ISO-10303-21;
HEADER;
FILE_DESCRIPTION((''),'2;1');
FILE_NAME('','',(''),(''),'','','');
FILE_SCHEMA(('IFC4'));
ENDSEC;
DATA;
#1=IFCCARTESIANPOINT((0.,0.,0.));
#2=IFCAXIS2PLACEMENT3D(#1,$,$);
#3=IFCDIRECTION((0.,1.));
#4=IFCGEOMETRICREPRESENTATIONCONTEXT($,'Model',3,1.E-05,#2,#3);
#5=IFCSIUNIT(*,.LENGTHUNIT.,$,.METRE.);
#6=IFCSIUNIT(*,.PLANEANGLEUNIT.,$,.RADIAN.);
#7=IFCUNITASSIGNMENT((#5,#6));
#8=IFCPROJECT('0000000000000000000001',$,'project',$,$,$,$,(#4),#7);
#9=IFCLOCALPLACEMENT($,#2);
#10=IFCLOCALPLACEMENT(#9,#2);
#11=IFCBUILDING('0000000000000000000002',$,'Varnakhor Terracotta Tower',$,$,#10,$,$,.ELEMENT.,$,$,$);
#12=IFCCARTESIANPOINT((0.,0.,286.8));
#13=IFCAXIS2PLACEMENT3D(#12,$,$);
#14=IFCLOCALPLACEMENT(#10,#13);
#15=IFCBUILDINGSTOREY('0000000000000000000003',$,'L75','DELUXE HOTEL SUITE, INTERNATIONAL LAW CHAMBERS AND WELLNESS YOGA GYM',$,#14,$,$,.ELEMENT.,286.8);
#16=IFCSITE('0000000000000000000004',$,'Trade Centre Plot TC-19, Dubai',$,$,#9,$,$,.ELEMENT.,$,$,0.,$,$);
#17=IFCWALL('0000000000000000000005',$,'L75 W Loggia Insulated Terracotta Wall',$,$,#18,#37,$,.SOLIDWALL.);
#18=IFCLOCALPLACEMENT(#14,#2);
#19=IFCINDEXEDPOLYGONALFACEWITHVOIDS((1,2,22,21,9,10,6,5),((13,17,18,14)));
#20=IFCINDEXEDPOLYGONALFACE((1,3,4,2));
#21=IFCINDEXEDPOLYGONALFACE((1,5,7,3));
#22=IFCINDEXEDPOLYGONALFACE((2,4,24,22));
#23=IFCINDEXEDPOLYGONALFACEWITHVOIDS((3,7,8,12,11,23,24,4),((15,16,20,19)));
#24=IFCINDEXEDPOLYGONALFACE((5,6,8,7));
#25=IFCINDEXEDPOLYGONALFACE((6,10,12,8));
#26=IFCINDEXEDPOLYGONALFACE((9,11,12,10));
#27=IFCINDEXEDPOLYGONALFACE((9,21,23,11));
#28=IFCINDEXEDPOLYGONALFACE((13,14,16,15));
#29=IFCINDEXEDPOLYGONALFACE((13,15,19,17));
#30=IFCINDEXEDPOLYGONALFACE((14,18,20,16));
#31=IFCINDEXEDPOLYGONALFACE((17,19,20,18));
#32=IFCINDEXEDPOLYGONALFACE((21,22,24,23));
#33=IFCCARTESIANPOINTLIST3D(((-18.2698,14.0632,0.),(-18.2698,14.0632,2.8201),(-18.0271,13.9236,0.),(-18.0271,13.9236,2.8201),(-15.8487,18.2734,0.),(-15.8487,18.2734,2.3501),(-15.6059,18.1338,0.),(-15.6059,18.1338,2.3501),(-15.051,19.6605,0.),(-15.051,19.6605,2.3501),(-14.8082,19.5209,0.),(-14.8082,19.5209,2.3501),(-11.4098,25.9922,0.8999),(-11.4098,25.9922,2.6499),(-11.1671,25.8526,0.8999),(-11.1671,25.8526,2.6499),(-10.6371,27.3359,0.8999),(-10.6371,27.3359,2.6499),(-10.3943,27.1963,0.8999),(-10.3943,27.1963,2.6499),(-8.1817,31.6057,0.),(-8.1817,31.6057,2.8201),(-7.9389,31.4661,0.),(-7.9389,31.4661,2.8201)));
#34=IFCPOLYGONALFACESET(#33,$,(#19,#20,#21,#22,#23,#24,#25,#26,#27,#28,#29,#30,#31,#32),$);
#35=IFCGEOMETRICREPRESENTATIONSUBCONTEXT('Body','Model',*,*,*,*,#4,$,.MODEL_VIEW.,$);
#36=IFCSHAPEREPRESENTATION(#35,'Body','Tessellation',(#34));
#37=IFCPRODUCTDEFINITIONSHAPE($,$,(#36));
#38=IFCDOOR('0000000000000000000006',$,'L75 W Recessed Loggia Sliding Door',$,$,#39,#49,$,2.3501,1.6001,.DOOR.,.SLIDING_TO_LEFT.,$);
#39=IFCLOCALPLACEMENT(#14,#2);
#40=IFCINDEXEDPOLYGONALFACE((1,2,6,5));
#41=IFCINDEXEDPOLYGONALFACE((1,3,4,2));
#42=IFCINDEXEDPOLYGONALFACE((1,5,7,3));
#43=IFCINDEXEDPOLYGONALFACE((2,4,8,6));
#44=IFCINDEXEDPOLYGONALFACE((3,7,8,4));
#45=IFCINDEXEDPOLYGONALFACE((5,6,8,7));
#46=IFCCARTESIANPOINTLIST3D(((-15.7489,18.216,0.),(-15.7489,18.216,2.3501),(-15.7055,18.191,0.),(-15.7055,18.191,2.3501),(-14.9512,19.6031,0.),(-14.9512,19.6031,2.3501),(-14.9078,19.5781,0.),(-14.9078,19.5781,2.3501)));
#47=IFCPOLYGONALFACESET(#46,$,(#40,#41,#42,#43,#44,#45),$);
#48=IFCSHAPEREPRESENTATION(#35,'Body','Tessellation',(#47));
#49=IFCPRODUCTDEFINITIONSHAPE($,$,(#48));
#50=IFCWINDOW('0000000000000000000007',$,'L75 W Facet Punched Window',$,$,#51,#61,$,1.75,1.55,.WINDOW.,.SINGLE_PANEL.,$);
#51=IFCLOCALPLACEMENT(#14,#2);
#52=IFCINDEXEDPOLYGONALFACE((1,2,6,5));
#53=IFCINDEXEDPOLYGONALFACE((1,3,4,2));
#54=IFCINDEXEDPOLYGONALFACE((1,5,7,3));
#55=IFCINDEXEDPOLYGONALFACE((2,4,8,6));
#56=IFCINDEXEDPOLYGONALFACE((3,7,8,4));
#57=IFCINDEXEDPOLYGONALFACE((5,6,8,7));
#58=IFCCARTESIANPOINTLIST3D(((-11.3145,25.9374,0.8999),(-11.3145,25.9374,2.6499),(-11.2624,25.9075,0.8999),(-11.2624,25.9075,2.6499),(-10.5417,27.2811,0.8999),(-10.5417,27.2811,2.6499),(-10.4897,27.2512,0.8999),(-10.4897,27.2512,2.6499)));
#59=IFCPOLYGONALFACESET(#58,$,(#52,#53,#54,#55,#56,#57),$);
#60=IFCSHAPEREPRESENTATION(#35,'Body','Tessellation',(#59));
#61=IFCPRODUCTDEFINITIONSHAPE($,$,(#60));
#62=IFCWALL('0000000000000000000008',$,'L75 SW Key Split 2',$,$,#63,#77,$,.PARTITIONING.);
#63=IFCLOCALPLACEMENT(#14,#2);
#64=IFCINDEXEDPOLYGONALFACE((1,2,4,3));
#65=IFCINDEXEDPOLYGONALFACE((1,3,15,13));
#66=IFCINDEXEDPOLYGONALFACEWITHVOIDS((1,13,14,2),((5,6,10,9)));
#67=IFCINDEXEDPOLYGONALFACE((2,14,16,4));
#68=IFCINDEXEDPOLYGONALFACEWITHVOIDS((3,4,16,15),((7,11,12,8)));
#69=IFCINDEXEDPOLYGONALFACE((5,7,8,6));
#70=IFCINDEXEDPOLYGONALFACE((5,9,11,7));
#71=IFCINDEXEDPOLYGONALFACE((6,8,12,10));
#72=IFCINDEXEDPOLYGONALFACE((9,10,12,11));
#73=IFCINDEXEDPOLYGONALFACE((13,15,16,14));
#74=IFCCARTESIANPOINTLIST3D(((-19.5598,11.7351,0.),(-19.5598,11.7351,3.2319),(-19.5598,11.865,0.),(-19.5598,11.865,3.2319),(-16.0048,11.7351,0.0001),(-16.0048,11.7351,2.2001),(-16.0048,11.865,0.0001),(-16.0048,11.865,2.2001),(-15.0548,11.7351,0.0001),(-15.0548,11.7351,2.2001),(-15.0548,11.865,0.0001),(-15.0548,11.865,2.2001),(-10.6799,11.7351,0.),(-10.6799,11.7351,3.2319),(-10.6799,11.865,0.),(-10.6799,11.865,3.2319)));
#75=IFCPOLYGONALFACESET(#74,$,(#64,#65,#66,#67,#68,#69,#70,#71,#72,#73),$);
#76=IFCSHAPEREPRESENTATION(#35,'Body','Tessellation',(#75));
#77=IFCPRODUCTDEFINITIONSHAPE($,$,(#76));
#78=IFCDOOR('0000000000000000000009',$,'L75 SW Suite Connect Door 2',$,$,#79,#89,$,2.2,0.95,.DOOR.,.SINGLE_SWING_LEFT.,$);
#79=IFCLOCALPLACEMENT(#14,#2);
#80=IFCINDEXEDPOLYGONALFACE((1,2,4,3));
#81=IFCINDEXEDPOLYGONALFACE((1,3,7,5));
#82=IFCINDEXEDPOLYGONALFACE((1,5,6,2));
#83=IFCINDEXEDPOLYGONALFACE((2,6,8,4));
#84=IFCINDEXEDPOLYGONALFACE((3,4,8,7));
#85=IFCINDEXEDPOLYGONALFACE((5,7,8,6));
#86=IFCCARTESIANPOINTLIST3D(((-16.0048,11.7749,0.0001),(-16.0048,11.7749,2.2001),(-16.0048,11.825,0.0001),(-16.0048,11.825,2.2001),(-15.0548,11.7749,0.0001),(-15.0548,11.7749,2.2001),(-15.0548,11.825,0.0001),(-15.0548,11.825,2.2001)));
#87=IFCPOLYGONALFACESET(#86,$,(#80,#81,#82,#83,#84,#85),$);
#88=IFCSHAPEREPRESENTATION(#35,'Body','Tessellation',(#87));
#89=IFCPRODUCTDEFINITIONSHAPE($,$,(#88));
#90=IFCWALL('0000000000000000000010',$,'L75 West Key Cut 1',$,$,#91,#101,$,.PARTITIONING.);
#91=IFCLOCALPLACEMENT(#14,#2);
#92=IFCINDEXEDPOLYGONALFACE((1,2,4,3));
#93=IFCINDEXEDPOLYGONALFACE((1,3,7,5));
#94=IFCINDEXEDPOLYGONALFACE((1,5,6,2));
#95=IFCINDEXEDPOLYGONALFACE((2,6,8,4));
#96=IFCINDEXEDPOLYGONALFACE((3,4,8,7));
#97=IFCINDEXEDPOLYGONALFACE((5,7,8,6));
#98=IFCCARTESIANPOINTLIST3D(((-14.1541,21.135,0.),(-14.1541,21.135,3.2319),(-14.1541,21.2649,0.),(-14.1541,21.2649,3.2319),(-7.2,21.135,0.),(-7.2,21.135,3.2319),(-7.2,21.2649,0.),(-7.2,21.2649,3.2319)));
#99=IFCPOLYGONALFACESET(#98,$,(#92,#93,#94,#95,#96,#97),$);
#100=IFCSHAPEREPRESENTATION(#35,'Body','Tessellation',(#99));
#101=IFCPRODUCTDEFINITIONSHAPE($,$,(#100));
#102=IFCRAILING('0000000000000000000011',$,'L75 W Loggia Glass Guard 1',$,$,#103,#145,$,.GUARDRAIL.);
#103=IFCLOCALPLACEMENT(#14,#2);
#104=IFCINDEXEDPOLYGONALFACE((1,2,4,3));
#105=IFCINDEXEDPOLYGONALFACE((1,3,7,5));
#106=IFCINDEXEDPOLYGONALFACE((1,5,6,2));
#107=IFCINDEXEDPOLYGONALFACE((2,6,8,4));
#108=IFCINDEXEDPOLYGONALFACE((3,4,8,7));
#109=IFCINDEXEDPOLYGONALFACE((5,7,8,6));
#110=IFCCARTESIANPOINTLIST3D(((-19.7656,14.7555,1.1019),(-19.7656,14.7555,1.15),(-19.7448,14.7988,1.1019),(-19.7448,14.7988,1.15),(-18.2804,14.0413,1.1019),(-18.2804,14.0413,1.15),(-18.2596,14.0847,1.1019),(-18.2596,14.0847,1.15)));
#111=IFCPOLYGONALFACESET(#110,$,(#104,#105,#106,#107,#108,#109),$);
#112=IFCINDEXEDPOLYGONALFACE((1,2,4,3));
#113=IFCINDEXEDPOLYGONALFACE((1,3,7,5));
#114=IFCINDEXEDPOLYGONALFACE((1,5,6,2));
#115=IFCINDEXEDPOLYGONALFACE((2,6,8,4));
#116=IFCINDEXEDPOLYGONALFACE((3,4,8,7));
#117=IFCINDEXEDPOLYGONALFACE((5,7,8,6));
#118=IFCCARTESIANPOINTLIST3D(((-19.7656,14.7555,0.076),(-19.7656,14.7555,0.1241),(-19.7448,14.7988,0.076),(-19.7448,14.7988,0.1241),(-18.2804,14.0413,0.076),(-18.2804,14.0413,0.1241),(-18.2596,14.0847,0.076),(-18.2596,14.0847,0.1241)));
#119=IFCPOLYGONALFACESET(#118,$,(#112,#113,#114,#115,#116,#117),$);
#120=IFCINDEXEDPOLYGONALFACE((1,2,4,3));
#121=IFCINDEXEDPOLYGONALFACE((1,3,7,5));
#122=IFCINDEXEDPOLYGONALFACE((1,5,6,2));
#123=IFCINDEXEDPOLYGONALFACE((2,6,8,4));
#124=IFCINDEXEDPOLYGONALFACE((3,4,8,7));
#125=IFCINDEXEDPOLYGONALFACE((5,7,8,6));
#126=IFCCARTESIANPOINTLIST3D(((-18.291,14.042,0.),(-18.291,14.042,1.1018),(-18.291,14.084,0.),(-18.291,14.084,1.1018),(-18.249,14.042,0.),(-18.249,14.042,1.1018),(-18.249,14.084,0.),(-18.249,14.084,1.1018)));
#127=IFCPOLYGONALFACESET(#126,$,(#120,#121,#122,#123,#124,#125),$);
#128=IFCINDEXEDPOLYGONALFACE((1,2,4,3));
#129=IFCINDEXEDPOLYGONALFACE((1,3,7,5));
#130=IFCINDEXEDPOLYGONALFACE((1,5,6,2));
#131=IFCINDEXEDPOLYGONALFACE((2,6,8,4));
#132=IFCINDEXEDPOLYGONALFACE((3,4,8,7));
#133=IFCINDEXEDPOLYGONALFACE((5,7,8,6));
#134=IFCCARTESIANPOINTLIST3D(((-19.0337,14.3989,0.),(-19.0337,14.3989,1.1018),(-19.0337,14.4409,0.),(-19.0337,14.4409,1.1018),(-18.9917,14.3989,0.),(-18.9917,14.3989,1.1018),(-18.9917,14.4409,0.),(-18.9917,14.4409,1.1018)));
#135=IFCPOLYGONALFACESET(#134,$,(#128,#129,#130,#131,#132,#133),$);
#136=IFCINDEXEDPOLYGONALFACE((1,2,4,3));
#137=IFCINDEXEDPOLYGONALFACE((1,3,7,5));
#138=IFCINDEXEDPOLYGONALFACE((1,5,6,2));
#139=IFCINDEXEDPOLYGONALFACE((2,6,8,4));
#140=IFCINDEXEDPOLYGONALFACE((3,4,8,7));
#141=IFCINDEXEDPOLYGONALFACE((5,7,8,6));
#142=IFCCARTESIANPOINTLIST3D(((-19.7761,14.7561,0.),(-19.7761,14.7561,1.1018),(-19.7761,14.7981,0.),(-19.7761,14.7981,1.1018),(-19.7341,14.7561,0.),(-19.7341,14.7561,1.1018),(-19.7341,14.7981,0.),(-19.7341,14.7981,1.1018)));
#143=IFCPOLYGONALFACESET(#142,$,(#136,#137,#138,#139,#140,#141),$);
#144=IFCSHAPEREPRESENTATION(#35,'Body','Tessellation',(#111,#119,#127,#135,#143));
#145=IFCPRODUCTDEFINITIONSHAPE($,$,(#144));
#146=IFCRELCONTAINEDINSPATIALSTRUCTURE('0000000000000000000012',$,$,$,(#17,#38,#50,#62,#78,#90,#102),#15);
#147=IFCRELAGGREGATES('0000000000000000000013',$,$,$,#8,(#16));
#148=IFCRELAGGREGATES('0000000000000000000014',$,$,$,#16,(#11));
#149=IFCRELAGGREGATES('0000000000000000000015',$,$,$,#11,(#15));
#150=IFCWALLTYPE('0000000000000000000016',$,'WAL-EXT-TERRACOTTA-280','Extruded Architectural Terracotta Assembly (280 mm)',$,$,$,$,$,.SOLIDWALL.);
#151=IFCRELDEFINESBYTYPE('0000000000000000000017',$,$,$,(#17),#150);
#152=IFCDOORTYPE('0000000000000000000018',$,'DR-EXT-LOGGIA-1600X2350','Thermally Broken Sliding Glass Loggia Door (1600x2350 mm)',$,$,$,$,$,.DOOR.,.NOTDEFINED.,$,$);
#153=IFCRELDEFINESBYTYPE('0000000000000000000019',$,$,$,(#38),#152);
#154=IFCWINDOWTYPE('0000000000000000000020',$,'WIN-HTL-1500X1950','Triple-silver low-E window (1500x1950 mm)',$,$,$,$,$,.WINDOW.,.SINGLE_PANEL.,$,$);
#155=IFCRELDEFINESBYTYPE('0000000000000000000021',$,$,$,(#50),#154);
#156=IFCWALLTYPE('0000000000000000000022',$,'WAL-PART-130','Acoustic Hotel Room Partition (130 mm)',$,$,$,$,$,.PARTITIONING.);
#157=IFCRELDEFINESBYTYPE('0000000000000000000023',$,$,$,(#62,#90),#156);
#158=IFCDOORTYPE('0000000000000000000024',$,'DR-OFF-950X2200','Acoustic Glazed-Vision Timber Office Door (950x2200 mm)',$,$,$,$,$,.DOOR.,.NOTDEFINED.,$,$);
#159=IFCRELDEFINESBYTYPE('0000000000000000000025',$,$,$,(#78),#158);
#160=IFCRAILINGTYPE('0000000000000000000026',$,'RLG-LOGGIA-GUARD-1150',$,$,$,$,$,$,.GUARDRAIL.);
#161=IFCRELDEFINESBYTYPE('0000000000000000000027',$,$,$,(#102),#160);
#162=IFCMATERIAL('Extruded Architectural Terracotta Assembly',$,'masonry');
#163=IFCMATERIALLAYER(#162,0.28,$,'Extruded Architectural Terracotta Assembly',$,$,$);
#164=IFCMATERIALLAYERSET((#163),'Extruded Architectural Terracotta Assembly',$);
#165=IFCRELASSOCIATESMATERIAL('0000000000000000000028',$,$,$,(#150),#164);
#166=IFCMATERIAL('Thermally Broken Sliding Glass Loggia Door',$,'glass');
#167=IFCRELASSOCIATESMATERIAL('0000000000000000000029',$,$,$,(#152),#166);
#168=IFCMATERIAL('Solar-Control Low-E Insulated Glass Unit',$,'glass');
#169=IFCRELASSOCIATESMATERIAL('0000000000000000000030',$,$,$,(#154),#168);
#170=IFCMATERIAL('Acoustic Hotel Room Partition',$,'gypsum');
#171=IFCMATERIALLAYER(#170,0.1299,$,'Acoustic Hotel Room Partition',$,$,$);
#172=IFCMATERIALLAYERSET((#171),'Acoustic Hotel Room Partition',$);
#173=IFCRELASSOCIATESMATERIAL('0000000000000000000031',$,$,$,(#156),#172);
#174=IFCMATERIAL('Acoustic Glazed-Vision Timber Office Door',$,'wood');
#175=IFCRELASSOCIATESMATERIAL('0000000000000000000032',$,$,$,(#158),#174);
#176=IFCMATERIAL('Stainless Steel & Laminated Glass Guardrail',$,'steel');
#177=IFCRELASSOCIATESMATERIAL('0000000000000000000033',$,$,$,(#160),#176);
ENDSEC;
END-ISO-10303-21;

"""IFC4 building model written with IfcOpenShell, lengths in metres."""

from ifc_helpers import new_model, si_unit, direction, frame, frame_2d, origin, origin_2d, place, context, subcontext, project, spatial, rectangle, extrude, source, transform, mapped, material, layer, layer_set, type_object, type_shapes, element, fill, save


model = new_model("IFC4")

# Units and contexts
model_context = context("Model", 3, precision=1e-05, world=origin(), true_north=direction((0.0, 1.0)))
body_context = subcontext(model_context, "Body", "Model", "MODEL_VIEW")
ifc_project = project(units=[si_unit("LENGTHUNIT", "METRE"), si_unit("PLANEANGLEUNIT", "RADIAN")], contexts=[model_context])

# Site, building, storey
site_placement = place(None, origin())
site = spatial("IfcSite", under=ifc_project, at=site_placement, Name="Trade Centre Plot TC-19, Dubai", CompositionType="ELEMENT", RefElevation=0.0)
building_placement = place(site_placement, origin())
building = spatial("IfcBuilding", under=site, at=building_placement, Name="Varnakhor Terracotta Tower", CompositionType="ELEMENT")
storey_placement = place(building_placement, frame((0.0, 0.0, 286.8)))
storey = spatial("IfcBuildingStorey", under=building, at=storey_placement, Name="L75", Description="DELUXE HOTEL SUITE, INTERNATIONAL LAW CHAMBERS AND WELLNESS YOGA GYM", CompositionType="ELEMENT", Elevation=286.8)

# Wall, openings, door, window
ifc_material_1 = material(Name="Extruded Architectural Terracotta Assembly", Category="masonry")
ifc_layer_1 = layer(ifc_material_1, 0.28, Name="Extruded Architectural Terracotta Assembly")
ifc_layer_set_1 = layer_set([ifc_layer_1], Name="Extruded Architectural Terracotta Assembly")
wall_type_1 = type_object("IfcWallType", Name="WAL-EXT-TERRACOTTA-280", Description="Extruded Architectural Terracotta Assembly (280 mm)", PredefinedType="SOLIDWALL", material=ifc_layer_set_1)
wall_1_placement = place(storey_placement, frame((-18.1484, 13.9934, 0.0), z_axis=(0.0, 0.0, 1.0), x_axis=(0.498516, 0.86688, 0.0)))
wall_1 = element("IfcWall", 1, at=wall_1_placement, inside=storey, type_object=wall_type_1, Name="L75 W Loggia Insulated Terracotta Wall", PredefinedType="SOLIDWALL", context=body_context, shape_type="SweptSolid", body=[
    extrude(rectangle(XDim=20.2363, YDim=0.28, at=frame_2d((10.1182, 0.0))), origin(), (0.0, 0.0, 1.0), 2.8201),
])
opening_1_placement = place(wall_1_placement, frame((4.8567, 0.0, 0.0)))
opening_1 = element("IfcOpeningElement", 2, at=opening_1_placement, cuts=wall_1, PredefinedType="OPENING", context=body_context, shape_type="SweptSolid", body=[
    extrude(rectangle(XDim=1.6001, YDim=2.3501, at=frame_2d((0.8, 1.175))), frame((0.0, 0.1499, 0.0), z_axis=(0.0, -1.0, 0.0), x_axis=(1.0, 0.0, 0.0)), (0.0, 0.0, 1.0), 0.3),
])
opening_2_placement = place(wall_1_placement, frame((13.761, 0.0, 0.8999)))
opening_2 = element("IfcOpeningElement", 3, at=opening_2_placement, cuts=wall_1, PredefinedType="OPENING", context=body_context, shape_type="SweptSolid", body=[
    extrude(rectangle(XDim=1.55, YDim=1.75, at=frame_2d((0.7749, 0.875))), frame((0.0, 0.1499, 0.0), z_axis=(0.0, -1.0, 0.0), x_axis=(1.0, 0.0, 0.0)), (0.0, 0.0, 1.0), 0.3),
])
ifc_material_2 = material(Name="Thermally Broken Sliding Glass Loggia Door", Category="glass")
door_type_1 = type_object("IfcDoorType", Name="DR-EXT-LOGGIA-1600X2350", Description="Thermally Broken Sliding Glass Loggia Door (1600x2350 mm)", OperationType="NOTDEFINED", PredefinedType="DOOR", material=ifc_material_2)
shared_shape_1 = source(origin(), body_context, "Body", "SweptSolid", [
    extrude(rectangle(XDim=1.6001, YDim=2.3501, at=frame_2d((0.8, 1.175))), frame((0.0, 0.0249, 0.0), z_axis=(0.0, -1.0, 0.0), x_axis=(1.0, 0.0, 0.0)), (0.0, 0.0, 1.0), 0.05),
])
type_shapes(door_type_1, [shared_shape_1])
door_1_placement = place(opening_1_placement, origin())
door_1 = element("IfcDoor", 4, at=door_1_placement, inside=storey, type_object=door_type_1, Name="L75 W Recessed Loggia Sliding Door", OperationType="SLIDING_TO_LEFT", OverallHeight=2.3501, OverallWidth=1.6001, PredefinedType="DOOR", context=body_context, shape_type="MappedRepresentation", body=[
    mapped(shared_shape_1, transform((0.0, 0.0, 0.0), scale=1.0)),
])
fill(opening_1, door_1)
ifc_material_3 = material(Name="Solar-Control Low-E Insulated Glass Unit", Category="glass")
window_type = type_object("IfcWindowType", Name="WIN-HTL-1500X1950", Description="Triple-silver low-E window (1500x1950 mm)", PartitioningType="SINGLE_PANEL", PredefinedType="WINDOW", material=ifc_material_3)
shared_shape_2 = source(origin(), body_context, "Body", "SweptSolid", [
    extrude(rectangle(XDim=1.55, YDim=1.75, at=frame_2d((0.7749, 0.875))), frame((0.0, 0.03, 0.0), z_axis=(0.0, -1.0, 0.0), x_axis=(1.0, 0.0, 0.0)), (0.0, 0.0, 1.0), 0.0601),
])
type_shapes(window_type, [shared_shape_2])
window_placement = place(opening_2_placement, origin())
window = element("IfcWindow", 5, at=window_placement, inside=storey, type_object=window_type, Name="L75 W Facet Punched Window", OverallHeight=1.75, OverallWidth=1.55, PartitioningType="SINGLE_PANEL", PredefinedType="WINDOW", context=body_context, shape_type="MappedRepresentation", body=[
    mapped(shared_shape_2, transform((0.0, 0.0, 0.0), scale=1.0)),
])
fill(opening_2, window)

# Wall, opening, door
ifc_material_4 = material(Name="Acoustic Hotel Room Partition", Category="gypsum")
ifc_layer_2 = layer(ifc_material_4, 0.1299, Name="Acoustic Hotel Room Partition")
ifc_layer_set_2 = layer_set([ifc_layer_2], Name="Acoustic Hotel Room Partition")
wall_type_2 = type_object("IfcWallType", Name="WAL-PART-130", Description="Acoustic Hotel Room Partition (130 mm)", PredefinedType="PARTITIONING", material=ifc_layer_set_2)
wall_2_placement = place(storey_placement, frame((-19.5598, 11.8, 0.0), z_axis=(0.0, 0.0, 1.0), x_axis=(1.0, 0.0, 0.0)))
wall_2 = element("IfcWall", 6, at=wall_2_placement, inside=storey, type_object=wall_type_2, Name="L75 SW Key Split 2", PredefinedType="PARTITIONING", context=body_context, shape_type="SweptSolid", body=[
    extrude(rectangle(XDim=8.8799, YDim=0.1299, at=frame_2d((4.4399, 0.0))), origin(), (0.0, 0.0, 1.0), 3.2319),
])
opening_3_placement = place(wall_2_placement, frame((3.5549, 0.0, 0.0)))
opening_3 = element("IfcOpeningElement", 7, at=opening_3_placement, cuts=wall_2, PredefinedType="OPENING", context=body_context, shape_type="SweptSolid", body=[
    extrude(rectangle(XDim=0.95, YDim=2.2, at=frame_2d((0.4751, 1.1001))), frame((0.0, 0.075, 0.0), z_axis=(0.0, -1.0, 0.0), x_axis=(1.0, 0.0, 0.0)), (0.0, 0.0, 1.0), 0.1499),
])
ifc_material_5 = material(Name="Acoustic Glazed-Vision Timber Office Door", Category="wood")
door_type_2 = type_object("IfcDoorType", Name="DR-OFF-950X2200", Description="Acoustic Glazed-Vision Timber Office Door (950x2200 mm)", OperationType="NOTDEFINED", PredefinedType="DOOR", material=ifc_material_5)
shared_shape_3 = source(origin(), body_context, "Body", "SweptSolid", [
    extrude(rectangle(XDim=0.95, YDim=2.2, at=frame_2d((0.4751, 1.1001))), frame((0.0, 0.0249, 0.0), z_axis=(0.0, -1.0, 0.0), x_axis=(1.0, 0.0, 0.0)), (0.0, 0.0, 1.0), 0.05),
])
type_shapes(door_type_2, [shared_shape_3])
door_2_placement = place(opening_3_placement, origin())
door_2 = element("IfcDoor", 8, at=door_2_placement, inside=storey, type_object=door_type_2, Name="L75 SW Suite Connect Door 2", OperationType="SINGLE_SWING_LEFT", OverallHeight=2.2, OverallWidth=0.95, PredefinedType="DOOR", context=body_context, shape_type="MappedRepresentation", body=[
    mapped(shared_shape_3, transform((0.0, 0.0, 0.0), scale=1.0)),
])
fill(opening_3, door_2)

# Wall
wall_3_placement = place(storey_placement, frame((-14.1541, 21.2, 0.0), z_axis=(0.0, 0.0, 1.0), x_axis=(1.0, 0.0, 0.0)))
element("IfcWall", 9, at=wall_3_placement, inside=storey, type_object=wall_type_2, Name="L75 West Key Cut 1", PredefinedType="PARTITIONING", context=body_context, shape_type="SweptSolid", body=[
    extrude(rectangle(XDim=6.9541, YDim=0.1299, at=frame_2d((3.4771, 0.0))), origin(), (0.0, 0.0, 1.0), 3.2319),
])

# Railing
ifc_material_6 = material(Name="Stainless Steel & Laminated Glass Guardrail", Category="steel")
railing_type = type_object("IfcRailingType", Name="RLG-LOGGIA-GUARD-1150", PredefinedType="GUARDRAIL", material=ifc_material_6)
railing_1_placement = place(storey_placement, frame((-18.27, 14.063, 0.0)))
element("IfcRailing", 10, at=railing_1_placement, inside=storey, type_object=railing_type, Name="L75 W Loggia Glass Guard 1", PredefinedType="GUARDRAIL", context=body_context, shape_type="SweptSolid", body=[
    extrude(rectangle(XDim=0.0481, YDim=0.0481, at=origin_2d()), frame((0.0, 0.0, 1.126), z_axis=(-0.901225, 0.433352, 0.0), x_axis=(-0.433352, -0.901225, 0.0)), (0.0, 0.0, 1.0), 1.6479),
    extrude(rectangle(XDim=0.0481, YDim=0.0481, at=origin_2d()), frame((0.0, 0.0, 0.1001), z_axis=(-0.901225, 0.433352, 0.0), x_axis=(-0.433352, -0.901225, 0.0)), (0.0, 0.0, 1.0), 1.6479),
    extrude(rectangle(XDim=0.042, YDim=0.042, at=origin_2d()), origin(), (0.0, 0.0, 1.0), 1.1018),
    extrude(rectangle(XDim=0.042, YDim=0.042, at=origin_2d()), frame((-0.7427, 0.3569, 0.0)), (0.0, 0.0, 1.0), 1.1018),
    extrude(rectangle(XDim=0.042, YDim=0.042, at=origin_2d()), frame((-1.4851, 0.7141, 0.0)), (0.0, 0.0, 1.0), 1.1018),
])

save(model, "model.ifc")
